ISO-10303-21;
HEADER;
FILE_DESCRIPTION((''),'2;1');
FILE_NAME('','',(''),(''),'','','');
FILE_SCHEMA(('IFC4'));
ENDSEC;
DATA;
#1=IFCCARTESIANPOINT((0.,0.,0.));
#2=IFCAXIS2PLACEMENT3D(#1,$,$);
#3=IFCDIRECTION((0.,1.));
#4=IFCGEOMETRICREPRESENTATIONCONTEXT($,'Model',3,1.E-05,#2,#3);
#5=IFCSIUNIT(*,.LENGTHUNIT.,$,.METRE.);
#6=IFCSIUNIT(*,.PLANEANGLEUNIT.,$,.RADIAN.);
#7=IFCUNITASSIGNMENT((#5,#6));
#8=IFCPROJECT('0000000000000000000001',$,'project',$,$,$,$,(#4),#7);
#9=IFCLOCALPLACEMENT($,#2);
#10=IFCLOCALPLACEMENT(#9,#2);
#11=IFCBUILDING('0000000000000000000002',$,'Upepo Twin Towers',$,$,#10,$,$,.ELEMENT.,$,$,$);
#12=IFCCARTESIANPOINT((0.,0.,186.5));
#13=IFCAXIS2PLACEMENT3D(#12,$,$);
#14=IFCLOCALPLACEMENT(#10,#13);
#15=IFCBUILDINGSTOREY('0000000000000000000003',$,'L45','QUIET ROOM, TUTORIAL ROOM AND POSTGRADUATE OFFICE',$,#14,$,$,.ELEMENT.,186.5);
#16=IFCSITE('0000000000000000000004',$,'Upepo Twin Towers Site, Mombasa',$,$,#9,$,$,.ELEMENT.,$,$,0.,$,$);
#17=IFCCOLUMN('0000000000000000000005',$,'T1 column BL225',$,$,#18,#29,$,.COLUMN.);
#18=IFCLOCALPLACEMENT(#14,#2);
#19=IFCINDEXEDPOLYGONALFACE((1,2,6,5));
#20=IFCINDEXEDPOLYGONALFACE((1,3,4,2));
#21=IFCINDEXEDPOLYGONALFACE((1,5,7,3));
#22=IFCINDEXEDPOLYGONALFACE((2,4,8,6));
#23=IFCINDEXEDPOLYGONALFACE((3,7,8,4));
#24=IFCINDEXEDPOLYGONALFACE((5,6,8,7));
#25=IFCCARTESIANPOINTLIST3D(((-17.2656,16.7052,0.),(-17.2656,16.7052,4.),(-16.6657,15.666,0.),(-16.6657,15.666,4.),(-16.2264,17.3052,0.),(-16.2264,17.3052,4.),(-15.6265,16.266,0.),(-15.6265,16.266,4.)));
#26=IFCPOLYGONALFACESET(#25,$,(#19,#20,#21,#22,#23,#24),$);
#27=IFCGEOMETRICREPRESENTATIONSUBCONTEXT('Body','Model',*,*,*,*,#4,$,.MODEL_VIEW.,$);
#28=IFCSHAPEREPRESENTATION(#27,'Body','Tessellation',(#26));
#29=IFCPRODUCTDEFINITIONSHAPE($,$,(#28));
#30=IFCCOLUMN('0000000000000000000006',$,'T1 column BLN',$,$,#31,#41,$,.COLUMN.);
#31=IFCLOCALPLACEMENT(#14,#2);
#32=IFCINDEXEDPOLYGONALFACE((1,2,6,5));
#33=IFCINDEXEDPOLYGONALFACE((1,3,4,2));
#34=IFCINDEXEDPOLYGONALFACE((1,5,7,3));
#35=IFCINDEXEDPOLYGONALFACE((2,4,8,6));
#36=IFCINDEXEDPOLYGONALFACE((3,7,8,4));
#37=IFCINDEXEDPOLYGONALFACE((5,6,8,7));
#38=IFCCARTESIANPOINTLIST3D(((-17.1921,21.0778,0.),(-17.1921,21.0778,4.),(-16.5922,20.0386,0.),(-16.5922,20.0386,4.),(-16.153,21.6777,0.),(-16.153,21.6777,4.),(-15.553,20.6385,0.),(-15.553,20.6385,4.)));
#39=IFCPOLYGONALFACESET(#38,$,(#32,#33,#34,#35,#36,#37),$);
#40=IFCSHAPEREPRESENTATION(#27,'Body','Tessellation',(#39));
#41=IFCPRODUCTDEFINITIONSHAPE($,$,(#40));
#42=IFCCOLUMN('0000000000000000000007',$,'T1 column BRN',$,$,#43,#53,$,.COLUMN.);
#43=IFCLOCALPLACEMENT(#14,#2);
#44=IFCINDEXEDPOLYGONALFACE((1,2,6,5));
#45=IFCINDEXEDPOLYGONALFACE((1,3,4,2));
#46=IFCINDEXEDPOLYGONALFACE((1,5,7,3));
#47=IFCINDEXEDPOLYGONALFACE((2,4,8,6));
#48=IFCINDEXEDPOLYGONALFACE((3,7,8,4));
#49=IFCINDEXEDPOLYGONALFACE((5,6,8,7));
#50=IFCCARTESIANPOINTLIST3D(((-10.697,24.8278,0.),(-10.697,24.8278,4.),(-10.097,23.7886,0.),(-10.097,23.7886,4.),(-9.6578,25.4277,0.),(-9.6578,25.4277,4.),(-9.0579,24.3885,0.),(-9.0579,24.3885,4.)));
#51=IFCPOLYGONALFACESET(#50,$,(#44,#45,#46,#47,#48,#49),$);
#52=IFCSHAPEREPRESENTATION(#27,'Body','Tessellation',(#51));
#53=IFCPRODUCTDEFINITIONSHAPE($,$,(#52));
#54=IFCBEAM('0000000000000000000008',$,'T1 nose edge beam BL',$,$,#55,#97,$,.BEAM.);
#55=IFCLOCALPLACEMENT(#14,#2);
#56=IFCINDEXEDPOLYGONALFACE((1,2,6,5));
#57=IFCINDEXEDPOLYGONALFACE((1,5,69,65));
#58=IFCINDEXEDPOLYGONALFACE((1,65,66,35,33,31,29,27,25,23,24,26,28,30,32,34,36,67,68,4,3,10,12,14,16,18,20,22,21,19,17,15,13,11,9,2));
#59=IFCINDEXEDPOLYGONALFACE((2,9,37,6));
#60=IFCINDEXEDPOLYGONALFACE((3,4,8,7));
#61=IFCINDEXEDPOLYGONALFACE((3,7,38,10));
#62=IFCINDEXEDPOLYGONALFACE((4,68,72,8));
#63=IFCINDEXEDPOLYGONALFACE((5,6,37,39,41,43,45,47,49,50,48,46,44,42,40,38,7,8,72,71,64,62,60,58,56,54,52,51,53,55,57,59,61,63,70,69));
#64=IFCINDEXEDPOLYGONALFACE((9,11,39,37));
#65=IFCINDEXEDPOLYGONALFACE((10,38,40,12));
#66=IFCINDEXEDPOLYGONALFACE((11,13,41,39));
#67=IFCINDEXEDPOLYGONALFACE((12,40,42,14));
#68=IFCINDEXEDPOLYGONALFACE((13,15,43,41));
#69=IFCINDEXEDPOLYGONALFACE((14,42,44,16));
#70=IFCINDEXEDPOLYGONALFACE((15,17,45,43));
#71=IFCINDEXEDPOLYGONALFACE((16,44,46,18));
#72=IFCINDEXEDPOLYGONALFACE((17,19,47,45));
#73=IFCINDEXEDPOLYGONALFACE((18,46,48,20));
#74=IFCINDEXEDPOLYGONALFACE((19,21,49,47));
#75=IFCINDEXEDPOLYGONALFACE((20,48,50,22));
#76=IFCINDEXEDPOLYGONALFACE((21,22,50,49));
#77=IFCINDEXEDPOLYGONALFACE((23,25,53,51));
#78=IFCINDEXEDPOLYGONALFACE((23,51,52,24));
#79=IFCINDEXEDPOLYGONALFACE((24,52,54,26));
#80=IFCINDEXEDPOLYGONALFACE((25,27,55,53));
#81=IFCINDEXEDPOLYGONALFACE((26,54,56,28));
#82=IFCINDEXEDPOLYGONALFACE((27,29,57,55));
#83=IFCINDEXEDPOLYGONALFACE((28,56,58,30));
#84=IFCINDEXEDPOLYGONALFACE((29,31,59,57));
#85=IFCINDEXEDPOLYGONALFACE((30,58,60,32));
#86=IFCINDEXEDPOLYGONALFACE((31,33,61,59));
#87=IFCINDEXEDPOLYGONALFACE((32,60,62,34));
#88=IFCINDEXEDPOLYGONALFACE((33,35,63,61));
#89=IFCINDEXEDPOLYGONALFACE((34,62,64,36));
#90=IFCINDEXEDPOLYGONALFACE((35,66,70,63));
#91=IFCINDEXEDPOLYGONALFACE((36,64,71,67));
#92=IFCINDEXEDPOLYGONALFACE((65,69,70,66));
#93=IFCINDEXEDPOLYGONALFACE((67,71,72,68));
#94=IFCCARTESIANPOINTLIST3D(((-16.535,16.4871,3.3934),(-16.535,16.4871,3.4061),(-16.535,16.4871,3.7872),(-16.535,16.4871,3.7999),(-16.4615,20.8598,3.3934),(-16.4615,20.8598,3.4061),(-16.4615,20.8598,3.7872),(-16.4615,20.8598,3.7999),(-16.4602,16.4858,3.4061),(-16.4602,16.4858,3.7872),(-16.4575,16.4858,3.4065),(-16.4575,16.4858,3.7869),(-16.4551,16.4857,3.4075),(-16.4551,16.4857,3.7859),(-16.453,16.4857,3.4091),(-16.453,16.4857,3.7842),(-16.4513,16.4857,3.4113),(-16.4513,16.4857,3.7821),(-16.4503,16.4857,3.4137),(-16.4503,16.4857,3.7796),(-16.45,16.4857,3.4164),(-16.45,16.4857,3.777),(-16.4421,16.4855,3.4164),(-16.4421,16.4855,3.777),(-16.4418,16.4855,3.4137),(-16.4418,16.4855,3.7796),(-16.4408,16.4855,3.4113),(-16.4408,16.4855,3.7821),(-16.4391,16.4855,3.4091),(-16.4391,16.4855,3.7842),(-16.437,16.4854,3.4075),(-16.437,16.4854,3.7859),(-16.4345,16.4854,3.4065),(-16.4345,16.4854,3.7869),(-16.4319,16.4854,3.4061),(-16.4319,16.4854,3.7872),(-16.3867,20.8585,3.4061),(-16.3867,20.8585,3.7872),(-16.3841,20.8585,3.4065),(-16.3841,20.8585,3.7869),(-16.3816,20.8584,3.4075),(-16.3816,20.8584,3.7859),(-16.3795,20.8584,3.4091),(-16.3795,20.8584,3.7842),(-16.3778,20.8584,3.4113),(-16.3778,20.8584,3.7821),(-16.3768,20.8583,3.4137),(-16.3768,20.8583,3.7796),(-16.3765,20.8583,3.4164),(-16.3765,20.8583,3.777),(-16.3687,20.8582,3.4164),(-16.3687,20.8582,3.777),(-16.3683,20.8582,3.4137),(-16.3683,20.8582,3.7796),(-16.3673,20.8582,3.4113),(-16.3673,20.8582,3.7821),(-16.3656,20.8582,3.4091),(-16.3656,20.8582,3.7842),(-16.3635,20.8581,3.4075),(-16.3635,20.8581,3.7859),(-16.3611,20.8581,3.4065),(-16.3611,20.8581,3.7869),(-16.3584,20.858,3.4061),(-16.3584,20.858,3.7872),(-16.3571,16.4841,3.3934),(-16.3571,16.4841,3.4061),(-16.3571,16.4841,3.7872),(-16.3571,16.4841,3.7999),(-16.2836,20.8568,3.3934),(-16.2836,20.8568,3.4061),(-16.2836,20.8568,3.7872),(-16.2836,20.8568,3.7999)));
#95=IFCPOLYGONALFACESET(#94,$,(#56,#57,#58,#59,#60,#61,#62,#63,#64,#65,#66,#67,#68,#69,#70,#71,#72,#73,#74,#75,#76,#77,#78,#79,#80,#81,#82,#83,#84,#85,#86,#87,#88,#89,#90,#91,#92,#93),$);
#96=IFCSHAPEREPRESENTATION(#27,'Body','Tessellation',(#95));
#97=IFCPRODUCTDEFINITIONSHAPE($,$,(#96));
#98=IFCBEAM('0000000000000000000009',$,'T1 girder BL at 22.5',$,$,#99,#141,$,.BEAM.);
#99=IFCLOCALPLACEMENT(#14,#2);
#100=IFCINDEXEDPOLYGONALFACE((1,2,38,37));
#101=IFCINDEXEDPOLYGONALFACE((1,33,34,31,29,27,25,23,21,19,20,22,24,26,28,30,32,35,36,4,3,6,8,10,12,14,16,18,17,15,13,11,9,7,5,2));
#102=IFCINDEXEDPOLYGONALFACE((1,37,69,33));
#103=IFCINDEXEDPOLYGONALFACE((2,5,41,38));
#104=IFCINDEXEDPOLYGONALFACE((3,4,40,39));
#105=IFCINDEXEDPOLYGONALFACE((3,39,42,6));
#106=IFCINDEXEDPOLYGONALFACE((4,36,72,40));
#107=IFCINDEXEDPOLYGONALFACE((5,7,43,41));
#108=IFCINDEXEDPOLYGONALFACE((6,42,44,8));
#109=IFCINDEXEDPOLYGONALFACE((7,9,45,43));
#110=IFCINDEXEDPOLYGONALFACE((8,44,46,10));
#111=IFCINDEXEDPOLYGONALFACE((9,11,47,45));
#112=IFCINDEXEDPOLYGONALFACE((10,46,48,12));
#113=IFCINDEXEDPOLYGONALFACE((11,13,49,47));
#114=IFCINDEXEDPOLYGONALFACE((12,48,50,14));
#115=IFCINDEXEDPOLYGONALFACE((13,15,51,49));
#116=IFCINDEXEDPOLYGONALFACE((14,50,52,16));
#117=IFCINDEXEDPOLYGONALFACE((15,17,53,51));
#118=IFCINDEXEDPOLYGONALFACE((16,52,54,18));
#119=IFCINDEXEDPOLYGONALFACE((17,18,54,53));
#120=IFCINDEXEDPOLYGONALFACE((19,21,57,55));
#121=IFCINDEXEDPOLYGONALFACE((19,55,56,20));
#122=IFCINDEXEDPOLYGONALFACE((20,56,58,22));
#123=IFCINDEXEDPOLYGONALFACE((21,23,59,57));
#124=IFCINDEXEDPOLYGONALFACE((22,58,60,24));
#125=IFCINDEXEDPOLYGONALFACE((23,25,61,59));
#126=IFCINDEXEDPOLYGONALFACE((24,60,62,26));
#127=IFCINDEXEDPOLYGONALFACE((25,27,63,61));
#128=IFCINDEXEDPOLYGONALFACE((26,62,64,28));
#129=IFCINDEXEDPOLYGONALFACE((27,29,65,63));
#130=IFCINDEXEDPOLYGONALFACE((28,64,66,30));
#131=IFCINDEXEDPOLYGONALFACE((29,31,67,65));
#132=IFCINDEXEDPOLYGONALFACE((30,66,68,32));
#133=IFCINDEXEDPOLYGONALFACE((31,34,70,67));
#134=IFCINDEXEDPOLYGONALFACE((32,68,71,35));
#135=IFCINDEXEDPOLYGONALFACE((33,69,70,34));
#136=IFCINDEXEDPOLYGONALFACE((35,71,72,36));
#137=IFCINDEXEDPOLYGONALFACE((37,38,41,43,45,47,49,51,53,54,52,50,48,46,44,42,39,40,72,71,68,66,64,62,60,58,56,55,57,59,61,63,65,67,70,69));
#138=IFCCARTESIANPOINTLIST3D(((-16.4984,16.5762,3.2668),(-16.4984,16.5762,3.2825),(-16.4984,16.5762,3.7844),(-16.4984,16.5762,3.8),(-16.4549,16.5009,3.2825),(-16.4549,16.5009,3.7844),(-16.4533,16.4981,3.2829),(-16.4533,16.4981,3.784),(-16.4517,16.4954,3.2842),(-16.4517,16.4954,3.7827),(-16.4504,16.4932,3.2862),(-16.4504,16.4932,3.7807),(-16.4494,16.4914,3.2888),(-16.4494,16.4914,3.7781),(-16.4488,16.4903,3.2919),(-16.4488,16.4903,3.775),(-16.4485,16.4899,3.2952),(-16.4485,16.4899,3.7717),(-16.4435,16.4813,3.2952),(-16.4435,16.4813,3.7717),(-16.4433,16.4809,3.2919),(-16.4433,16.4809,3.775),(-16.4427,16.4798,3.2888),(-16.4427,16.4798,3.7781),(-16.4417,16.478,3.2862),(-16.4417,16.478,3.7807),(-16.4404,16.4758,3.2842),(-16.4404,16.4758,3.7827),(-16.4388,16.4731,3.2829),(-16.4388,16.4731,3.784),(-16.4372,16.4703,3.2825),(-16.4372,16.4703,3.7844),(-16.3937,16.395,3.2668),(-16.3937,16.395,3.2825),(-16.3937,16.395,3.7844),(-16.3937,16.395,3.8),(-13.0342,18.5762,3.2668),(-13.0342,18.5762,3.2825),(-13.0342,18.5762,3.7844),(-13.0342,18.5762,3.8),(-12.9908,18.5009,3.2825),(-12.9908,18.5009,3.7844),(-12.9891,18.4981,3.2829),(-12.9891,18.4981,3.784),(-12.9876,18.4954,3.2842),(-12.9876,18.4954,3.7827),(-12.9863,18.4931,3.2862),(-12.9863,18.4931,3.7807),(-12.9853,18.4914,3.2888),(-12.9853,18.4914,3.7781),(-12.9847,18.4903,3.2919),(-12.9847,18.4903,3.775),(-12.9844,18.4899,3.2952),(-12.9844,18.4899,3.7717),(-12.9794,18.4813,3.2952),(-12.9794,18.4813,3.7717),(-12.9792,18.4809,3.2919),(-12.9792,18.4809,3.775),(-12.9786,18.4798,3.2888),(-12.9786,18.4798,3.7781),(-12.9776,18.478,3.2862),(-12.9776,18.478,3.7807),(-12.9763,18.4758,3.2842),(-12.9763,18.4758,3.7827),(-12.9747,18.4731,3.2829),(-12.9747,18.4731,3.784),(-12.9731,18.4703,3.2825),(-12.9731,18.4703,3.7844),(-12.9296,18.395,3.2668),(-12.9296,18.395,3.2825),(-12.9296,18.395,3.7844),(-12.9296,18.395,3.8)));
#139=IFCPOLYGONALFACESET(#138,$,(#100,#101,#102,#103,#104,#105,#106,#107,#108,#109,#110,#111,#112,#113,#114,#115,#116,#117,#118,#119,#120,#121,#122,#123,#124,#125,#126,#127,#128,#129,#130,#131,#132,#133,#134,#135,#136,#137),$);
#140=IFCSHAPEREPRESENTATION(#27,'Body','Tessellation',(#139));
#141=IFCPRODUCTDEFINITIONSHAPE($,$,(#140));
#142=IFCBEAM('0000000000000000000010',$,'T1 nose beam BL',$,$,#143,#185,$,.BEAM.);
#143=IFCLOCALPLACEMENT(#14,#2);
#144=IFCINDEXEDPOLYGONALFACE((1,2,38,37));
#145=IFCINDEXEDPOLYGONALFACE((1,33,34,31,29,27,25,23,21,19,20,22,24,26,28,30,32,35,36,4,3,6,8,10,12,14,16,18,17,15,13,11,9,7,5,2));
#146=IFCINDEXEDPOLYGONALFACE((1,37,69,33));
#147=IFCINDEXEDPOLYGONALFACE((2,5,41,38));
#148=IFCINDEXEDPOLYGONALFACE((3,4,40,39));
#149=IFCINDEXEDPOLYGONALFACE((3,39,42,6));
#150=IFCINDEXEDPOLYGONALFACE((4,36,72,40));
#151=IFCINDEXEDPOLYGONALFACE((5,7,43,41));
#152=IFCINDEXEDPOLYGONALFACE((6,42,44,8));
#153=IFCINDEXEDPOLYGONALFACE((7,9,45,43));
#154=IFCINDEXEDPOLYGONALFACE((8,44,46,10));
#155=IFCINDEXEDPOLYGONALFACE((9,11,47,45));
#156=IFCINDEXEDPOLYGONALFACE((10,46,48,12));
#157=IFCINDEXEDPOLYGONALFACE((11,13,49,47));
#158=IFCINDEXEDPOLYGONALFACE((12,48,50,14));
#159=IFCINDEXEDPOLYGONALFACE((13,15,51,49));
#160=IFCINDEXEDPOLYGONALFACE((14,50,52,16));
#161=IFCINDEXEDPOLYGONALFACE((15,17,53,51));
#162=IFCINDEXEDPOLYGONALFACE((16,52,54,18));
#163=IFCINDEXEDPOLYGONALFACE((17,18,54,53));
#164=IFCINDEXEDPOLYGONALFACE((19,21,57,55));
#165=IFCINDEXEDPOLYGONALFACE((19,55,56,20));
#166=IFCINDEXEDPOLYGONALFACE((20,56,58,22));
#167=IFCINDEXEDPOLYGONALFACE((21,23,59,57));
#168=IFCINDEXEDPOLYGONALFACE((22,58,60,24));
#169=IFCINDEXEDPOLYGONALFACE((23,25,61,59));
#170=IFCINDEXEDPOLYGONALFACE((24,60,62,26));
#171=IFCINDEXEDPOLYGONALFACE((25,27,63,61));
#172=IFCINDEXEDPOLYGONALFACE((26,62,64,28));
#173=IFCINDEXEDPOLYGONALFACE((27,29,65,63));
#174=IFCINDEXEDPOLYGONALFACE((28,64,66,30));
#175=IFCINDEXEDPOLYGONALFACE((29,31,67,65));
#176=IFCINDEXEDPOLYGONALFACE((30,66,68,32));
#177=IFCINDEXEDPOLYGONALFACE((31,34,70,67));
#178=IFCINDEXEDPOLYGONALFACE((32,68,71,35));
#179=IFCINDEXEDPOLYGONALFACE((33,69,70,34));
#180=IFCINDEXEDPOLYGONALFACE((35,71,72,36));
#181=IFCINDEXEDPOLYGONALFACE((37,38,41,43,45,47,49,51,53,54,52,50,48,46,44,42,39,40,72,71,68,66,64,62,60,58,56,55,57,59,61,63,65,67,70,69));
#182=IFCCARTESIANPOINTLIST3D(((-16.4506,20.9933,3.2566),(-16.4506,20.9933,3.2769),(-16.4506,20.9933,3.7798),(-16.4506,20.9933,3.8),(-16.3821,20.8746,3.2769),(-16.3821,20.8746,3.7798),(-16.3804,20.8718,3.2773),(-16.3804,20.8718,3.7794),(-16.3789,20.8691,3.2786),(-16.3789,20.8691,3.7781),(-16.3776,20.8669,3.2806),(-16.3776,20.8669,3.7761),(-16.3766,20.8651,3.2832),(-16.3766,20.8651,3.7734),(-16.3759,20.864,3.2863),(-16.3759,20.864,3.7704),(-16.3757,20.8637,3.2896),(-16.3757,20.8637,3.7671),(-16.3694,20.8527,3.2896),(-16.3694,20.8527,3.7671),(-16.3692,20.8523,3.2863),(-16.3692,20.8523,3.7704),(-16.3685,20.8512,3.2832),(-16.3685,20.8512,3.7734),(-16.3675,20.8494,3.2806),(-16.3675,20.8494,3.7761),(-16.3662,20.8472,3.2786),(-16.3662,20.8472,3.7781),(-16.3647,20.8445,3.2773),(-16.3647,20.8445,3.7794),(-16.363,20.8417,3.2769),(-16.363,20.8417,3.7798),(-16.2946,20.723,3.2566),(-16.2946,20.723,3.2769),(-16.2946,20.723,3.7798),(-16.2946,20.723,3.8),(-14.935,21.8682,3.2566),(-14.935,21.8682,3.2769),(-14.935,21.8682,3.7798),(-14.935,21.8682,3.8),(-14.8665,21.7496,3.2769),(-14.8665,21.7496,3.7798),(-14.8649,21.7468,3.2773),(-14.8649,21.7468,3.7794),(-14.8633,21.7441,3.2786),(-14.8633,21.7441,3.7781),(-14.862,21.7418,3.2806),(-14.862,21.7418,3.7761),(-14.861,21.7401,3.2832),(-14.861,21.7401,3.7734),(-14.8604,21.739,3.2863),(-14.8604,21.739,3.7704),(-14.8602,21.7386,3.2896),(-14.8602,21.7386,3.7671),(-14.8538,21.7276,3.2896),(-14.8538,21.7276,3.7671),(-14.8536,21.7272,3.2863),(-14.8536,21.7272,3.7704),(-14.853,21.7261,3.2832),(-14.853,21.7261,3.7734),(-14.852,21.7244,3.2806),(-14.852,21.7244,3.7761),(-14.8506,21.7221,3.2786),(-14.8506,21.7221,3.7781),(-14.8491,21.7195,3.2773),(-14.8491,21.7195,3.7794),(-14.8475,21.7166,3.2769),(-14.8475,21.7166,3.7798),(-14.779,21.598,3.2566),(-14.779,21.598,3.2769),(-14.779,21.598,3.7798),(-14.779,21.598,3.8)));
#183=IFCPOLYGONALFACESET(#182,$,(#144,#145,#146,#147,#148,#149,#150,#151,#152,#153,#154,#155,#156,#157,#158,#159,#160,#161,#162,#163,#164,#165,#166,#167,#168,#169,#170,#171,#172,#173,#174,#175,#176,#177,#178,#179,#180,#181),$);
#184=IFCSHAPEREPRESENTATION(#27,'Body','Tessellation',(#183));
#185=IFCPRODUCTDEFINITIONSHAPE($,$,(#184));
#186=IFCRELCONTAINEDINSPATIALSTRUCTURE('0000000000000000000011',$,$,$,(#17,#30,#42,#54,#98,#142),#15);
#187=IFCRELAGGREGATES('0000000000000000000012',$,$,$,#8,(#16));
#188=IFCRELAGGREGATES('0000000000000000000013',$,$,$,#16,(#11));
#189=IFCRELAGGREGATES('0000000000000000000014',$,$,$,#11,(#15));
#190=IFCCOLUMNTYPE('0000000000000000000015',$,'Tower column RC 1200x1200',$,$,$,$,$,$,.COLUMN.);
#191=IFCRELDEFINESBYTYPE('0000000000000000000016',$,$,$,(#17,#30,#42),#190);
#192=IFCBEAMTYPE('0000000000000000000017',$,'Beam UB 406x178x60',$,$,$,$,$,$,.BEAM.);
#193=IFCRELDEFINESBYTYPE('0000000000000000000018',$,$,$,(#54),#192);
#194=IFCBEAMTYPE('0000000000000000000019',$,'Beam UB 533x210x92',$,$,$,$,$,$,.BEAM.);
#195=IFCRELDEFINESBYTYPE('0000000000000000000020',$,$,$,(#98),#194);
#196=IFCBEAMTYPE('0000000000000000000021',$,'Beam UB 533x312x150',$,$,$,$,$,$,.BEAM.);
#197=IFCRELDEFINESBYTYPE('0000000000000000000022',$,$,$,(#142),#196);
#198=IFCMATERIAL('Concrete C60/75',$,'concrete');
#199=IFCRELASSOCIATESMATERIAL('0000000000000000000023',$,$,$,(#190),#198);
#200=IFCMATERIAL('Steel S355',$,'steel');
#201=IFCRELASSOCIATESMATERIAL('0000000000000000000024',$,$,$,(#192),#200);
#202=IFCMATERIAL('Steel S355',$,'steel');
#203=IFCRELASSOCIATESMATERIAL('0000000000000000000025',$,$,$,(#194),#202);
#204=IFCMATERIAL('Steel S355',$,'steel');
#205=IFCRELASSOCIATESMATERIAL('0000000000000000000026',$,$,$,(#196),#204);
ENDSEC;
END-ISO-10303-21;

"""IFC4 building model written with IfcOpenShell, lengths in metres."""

from ifc_helpers import new_model, si_unit, direction, frame, origin, origin_2d, place, context, subcontext, project, spatial, rectangle, i_section, extrude, material, material_profile, profile_set, type_object, element, save


model = new_model("IFC4")

# Units and contexts
model_context = context("Model", 3, precision=1e-05, world=origin(), true_north=direction((0.0, 1.0)))
body_context = subcontext(model_context, "Body", "Model", "MODEL_VIEW")
ifc_project = project(units=[si_unit("LENGTHUNIT", "METRE"), si_unit("PLANEANGLEUNIT", "RADIAN")], contexts=[model_context])

# Site, building, storey
site_placement = place(None, origin())
site = spatial("IfcSite", under=ifc_project, at=site_placement, Name="Upepo Twin Towers Site, Mombasa", CompositionType="ELEMENT", RefElevation=0.0)
building_placement = place(site_placement, origin())
building = spatial("IfcBuilding", under=site, at=building_placement, Name="Upepo Twin Towers", CompositionType="ELEMENT")
storey_placement = place(building_placement, frame((0.0, 0.0, 186.5)))
storey = spatial("IfcBuildingStorey", under=building, at=storey_placement, Name="L45", Description="QUIET ROOM, TUTORIAL ROOM AND POSTGRADUATE OFFICE", CompositionType="ELEMENT", Elevation=186.5)

# Columns
ifc_material_1 = material(Name="Concrete C60/75", Category="concrete")
ifc_material_profile_1 = material_profile(ifc_material_1, rectangle(XDim=1.2, YDim=1.2, at=origin_2d()), Name="RC 1200x1200")
ifc_profile_set_1 = profile_set([ifc_material_profile_1], Name="Concrete C60/75")
column_type = type_object("IfcColumnType", Name="Tower column RC 1200x1200", PredefinedType="COLUMN", material=ifc_profile_set_1)
for number, where, z_axis, x_axis, name in (
    (1, (-16.446, 16.4856, 0.0), (0.0, 0.0, 1.0), (0.866025, 0.5, 0.0), "T1 column BL225"),
    (2, (-16.3726, 20.8582, 0.0), (0.0, 0.0, 1.0), (0.866025, 0.5, 0.0), "T1 column BLN"),
    (3, (-9.8774, 24.6082, 0.0), (0.0, 0.0, 1.0), (0.866025, 0.5, 0.0), "T1 column BRN"),
):
    element("IfcColumn", number, at=place(storey_placement, frame(where, z_axis=z_axis, x_axis=x_axis)), inside=storey, type_object=column_type, Name=name, PredefinedType="COLUMN", context=body_context, shape_type="SweptSolid", body=[
        extrude(rectangle(XDim=1.2, YDim=1.2, at=origin_2d()), origin(), (0.0, 0.0, 1.0), 4.0),
    ])

# Beams
ifc_material_2 = material(Name="Steel S355", Category="steel")
ifc_material_profile_2 = material_profile(ifc_material_2, i_section(OverallWidth=0.178, OverallDepth=0.4065, WebThickness=0.0078, FlangeThickness=0.0127, FilletRadius=0.0103, at=origin_2d()), Name="UB 406x178x60")
ifc_profile_set_2 = profile_set([ifc_material_profile_2], Name="Steel S355")
beam_type_1 = type_object("IfcBeamType", Name="Beam UB 406x178x60", PredefinedType="BEAM", material=ifc_profile_set_2)
beam_1_placement = place(storey_placement, frame((-16.446, 16.4856, 3.5967), z_axis=(0.016804, 0.999859, 0.0), x_axis=(-0.999859, 0.016804, 0.0)))
element("IfcBeam", 4, at=beam_1_placement, inside=storey, type_object=beam_type_1, Name="T1 nose edge beam BL", PredefinedType="BEAM", context=body_context, shape_type="SweptSolid", body=[
    extrude(i_section(OverallWidth=0.178, OverallDepth=0.4065, WebThickness=0.0078, FlangeThickness=0.0127, FilletRadius=0.0103, at=origin_2d()), origin(), (0.0, 0.0, 1.0), 4.3733),
])
ifc_material_3 = material(Name="Steel S355", Category="steel")
ifc_material_profile_3 = material_profile(ifc_material_3, i_section(OverallWidth=0.2092, OverallDepth=0.5332, WebThickness=0.01, FlangeThickness=0.0156, FilletRadius=0.0127, at=origin_2d()), Name="UB 533x210x92")
ifc_profile_set_3 = profile_set([ifc_material_profile_3], Name="Steel S355")
beam_type_2 = type_object("IfcBeamType", Name="Beam UB 533x210x92", PredefinedType="BEAM", material=ifc_profile_set_3)
beam_2_placement = place(storey_placement, frame((-16.446, 16.4856, 3.5334), z_axis=(0.866026, 0.499999, 0.0), x_axis=(-0.499999, 0.866026, 0.0)))
element("IfcBeam", 5, at=beam_2_placement, inside=storey, type_object=beam_type_2, Name="T1 girder BL at 22.5", PredefinedType="BEAM", context=body_context, shape_type="SweptSolid", body=[
    extrude(i_section(OverallWidth=0.2092, OverallDepth=0.5332, WebThickness=0.01, FlangeThickness=0.0156, FilletRadius=0.0127, at=origin_2d()), origin(), (0.0, 0.0, 1.0), 4.0),
])
ifc_material_4 = material(Name="Steel S355", Category="steel")
ifc_material_profile_4 = material_profile(ifc_material_4, i_section(OverallWidth=0.312, OverallDepth=0.5435, WebThickness=0.0127, FlangeThickness=0.0203, FilletRadius=0.0127, at=origin_2d()), Name="UB 533x312x150")
ifc_profile_set_4 = profile_set([ifc_material_profile_4], Name="Steel S355")
beam_type_3 = type_object("IfcBeamType", Name="Beam UB 533x312x150", PredefinedType="BEAM", material=ifc_profile_set_4)
for number, where, z_axis, x_axis, name in (
    (6, (-16.3726, 20.8582, 3.5283), (0.866037, 0.49998, 0.0), (-0.49998, 0.866037, 0.0), "T1 nose beam BL"),
):
    element("IfcBeam", number, at=place(storey_placement, frame(where, z_axis=z_axis, x_axis=x_axis)), inside=storey, type_object=beam_type_3, Name=name, PredefinedType="BEAM", context=body_context, shape_type="SweptSolid", body=[
        extrude(i_section(OverallWidth=0.312, OverallDepth=0.5435, WebThickness=0.0127, FlangeThickness=0.0203, FilletRadius=0.0127, at=origin_2d()), origin(), (0.0, 0.0, 1.0), 1.75),
    ])

save(model, "model.ifc")
